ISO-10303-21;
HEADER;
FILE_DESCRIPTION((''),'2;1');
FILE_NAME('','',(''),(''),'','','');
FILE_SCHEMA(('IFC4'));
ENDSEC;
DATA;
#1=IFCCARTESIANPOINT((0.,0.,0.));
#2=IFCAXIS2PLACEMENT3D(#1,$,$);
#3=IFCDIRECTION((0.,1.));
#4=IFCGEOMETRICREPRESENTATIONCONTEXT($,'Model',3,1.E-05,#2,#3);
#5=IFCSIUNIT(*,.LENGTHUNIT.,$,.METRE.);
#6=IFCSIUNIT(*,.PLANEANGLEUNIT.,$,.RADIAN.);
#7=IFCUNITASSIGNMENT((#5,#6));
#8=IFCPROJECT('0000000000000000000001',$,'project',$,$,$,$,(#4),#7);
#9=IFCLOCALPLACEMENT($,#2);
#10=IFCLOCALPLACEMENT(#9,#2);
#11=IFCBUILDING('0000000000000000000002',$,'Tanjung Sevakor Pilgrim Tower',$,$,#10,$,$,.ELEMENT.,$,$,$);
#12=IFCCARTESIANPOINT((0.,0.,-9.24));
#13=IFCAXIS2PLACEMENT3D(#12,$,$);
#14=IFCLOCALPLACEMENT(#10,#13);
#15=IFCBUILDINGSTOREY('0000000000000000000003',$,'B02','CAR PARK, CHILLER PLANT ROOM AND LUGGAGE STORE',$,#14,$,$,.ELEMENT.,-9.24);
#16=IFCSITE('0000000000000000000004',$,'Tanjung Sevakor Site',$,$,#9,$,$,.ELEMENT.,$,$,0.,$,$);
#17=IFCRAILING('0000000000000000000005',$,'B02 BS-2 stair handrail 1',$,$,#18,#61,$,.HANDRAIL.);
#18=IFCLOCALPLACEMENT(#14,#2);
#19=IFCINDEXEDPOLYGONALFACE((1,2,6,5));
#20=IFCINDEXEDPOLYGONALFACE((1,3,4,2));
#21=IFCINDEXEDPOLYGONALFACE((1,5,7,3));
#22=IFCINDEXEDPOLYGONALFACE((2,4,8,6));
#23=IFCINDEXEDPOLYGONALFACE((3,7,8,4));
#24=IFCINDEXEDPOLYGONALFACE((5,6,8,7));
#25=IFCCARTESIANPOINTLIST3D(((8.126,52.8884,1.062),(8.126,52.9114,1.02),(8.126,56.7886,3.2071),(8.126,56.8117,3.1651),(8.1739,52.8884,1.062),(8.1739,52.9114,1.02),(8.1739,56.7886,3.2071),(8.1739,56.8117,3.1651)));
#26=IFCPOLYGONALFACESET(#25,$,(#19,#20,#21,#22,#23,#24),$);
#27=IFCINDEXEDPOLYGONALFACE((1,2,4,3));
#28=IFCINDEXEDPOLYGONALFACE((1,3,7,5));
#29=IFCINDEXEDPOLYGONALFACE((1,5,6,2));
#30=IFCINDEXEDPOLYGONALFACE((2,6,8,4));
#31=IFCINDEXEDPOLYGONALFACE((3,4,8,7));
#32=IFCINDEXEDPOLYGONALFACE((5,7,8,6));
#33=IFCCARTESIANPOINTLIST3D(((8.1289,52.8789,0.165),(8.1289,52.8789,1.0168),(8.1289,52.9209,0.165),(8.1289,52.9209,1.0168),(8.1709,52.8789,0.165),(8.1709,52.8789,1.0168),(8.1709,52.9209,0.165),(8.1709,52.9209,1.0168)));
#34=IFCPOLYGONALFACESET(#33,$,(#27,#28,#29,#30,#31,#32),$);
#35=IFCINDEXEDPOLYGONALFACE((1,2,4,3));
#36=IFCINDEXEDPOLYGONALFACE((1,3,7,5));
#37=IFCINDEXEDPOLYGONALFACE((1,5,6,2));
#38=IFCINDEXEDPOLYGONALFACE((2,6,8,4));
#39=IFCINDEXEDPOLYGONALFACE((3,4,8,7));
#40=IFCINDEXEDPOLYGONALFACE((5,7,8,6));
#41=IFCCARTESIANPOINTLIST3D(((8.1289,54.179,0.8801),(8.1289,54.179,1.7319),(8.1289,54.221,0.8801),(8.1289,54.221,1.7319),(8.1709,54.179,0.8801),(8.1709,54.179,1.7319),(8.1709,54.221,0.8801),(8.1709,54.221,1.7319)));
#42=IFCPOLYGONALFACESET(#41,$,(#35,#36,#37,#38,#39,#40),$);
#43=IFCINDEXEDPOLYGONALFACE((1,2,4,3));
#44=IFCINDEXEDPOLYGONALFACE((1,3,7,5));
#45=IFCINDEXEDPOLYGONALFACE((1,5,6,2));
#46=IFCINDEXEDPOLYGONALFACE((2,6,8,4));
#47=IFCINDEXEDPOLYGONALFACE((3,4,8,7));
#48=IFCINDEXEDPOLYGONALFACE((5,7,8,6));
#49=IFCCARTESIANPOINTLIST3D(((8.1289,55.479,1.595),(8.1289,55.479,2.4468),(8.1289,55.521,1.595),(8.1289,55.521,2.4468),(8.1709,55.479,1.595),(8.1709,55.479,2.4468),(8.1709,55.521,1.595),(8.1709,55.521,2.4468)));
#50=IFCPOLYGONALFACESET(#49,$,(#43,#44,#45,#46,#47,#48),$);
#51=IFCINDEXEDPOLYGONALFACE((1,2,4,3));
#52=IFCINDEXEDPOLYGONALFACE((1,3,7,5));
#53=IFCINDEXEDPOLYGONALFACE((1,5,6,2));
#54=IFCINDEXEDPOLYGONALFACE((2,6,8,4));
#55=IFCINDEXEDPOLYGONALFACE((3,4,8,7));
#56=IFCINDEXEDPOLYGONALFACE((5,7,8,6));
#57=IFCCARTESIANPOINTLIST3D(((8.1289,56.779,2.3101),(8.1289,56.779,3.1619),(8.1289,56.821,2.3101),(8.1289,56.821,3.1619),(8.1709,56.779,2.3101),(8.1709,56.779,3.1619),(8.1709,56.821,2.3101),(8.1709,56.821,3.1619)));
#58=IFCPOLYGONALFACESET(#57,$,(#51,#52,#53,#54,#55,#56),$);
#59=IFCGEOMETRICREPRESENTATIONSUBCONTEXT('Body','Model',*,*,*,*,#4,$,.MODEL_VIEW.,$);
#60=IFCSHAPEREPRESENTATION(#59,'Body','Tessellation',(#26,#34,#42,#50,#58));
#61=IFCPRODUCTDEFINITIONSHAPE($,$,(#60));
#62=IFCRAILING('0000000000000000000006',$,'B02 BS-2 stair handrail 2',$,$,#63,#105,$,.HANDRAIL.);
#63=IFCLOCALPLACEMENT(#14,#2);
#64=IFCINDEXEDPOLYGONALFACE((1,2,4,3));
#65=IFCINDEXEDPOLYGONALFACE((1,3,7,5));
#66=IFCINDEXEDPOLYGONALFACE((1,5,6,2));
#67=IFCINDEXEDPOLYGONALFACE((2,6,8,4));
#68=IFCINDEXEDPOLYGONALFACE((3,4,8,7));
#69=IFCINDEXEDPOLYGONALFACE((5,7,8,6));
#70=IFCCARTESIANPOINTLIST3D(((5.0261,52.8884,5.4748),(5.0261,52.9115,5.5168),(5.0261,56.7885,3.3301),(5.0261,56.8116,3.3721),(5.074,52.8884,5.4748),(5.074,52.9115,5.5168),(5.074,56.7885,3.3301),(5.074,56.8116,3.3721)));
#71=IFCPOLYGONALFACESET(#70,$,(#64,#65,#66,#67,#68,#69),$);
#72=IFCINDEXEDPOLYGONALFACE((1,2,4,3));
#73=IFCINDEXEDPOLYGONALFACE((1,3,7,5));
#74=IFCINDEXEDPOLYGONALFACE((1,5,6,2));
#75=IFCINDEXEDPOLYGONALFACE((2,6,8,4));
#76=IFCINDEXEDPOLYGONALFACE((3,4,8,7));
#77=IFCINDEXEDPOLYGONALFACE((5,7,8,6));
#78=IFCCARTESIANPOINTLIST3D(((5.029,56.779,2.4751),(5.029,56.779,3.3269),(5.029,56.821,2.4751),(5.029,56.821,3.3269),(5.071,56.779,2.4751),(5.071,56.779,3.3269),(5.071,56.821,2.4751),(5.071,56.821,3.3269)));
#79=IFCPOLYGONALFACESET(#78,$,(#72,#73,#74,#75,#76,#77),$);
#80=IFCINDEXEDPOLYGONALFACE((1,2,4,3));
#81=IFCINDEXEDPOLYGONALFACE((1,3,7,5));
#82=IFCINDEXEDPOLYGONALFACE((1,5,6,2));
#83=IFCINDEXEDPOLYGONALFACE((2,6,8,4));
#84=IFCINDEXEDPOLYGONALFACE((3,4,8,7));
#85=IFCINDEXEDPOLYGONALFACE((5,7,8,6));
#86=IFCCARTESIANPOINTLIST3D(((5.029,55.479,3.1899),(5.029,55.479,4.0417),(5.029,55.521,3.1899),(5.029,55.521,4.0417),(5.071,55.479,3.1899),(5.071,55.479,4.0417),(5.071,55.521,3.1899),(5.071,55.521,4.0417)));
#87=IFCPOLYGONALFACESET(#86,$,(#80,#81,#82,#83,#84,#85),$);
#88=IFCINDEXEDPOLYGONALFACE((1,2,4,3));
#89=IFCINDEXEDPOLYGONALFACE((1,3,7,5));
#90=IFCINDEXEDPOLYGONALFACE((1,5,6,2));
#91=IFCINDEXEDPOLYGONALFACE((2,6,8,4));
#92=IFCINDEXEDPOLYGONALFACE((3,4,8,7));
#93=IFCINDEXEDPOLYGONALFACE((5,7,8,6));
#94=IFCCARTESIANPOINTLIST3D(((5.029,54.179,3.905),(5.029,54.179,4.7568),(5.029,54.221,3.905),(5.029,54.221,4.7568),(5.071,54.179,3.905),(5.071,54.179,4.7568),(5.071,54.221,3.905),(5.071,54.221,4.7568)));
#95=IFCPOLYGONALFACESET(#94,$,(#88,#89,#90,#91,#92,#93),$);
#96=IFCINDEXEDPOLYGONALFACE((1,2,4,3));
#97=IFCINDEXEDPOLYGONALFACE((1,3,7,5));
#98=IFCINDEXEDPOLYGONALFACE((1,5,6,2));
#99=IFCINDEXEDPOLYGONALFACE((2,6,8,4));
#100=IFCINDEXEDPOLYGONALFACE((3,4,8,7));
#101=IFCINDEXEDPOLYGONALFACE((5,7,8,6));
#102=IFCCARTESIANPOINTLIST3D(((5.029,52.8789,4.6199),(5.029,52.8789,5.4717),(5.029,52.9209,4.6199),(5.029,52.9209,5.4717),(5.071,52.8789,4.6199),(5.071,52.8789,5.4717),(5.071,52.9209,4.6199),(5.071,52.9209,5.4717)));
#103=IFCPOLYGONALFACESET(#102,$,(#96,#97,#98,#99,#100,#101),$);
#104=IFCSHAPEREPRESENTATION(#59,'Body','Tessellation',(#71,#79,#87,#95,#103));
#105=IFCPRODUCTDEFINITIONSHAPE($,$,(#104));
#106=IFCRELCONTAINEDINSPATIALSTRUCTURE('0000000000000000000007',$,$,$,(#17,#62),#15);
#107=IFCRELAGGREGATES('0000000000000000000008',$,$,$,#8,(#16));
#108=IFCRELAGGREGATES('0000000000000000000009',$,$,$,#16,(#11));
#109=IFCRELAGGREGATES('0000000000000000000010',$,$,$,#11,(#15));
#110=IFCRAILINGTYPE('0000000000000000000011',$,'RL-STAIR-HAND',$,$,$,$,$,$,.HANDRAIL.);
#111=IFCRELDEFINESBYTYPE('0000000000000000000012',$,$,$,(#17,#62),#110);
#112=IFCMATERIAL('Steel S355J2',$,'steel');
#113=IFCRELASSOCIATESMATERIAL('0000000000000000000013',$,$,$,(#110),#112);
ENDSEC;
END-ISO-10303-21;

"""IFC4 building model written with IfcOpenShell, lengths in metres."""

from ifc_helpers import new_model, si_unit, direction, frame, origin, place, context, subcontext, project, spatial, rectangle, extrude, material, type_object, element, save


model = new_model("IFC4")

# Units and contexts
model_context = context("Model", 3, precision=1e-05, world=origin(), true_north=direction((0.0, 1.0)))
body_context = subcontext(model_context, "Body", "Model", "MODEL_VIEW")
ifc_project = project(units=[si_unit("LENGTHUNIT", "METRE"), si_unit("PLANEANGLEUNIT", "RADIAN")], contexts=[model_context])

# Site, building, storey
site_placement = place(None, origin())
site = spatial("IfcSite", under=ifc_project, at=site_placement, Name="Tanjung Sevakor Site", CompositionType="ELEMENT", RefElevation=0.0)
building_placement = place(site_placement, origin())
building = spatial("IfcBuilding", under=site, at=building_placement, Name="Tanjung Sevakor Pilgrim Tower", CompositionType="ELEMENT")
storey_placement = place(building_placement, frame((0.0, 0.0, -9.24)))
storey = spatial("IfcBuildingStorey", under=building, at=storey_placement, Name="B02", Description="CAR PARK, CHILLER PLANT ROOM AND LUGGAGE STORE", CompositionType="ELEMENT", Elevation=-9.24)

# Railings
ifc_material_1 = material(Name="Steel S355J2", Category="steel")
railing_type_1 = type_object("IfcRailingType", Name="RL-STAIR-HAND", PredefinedType="HANDRAIL", material=ifc_material_1)
railing_1_placement = place(storey_placement, frame((8.1499, 52.8999, 0.165)))
element("IfcRailing", 1, at=railing_1_placement, inside=storey, type_object=railing_type_1, Name="B02 BS-2 stair handrail 1", PredefinedType="HANDRAIL", context=body_context, shape_type="SweptSolid", body=[
    extrude(rectangle(XDim=0.0479, YDim=0.0479), frame((0.0, 0.0, 0.876), z_axis=(0.0, 0.876222, 0.481908), x_axis=(-1.0, 0.0, 0.0)), (0.0, 0.0, 1.0), 4.4512),
    extrude(rectangle(XDim=0.042, YDim=0.042), origin(), (0.0, 0.0, 1.0), 0.8518),
    extrude(rectangle(XDim=0.042, YDim=0.042), frame((0.0, 1.3, 0.7151)), (0.0, 0.0, 1.0), 0.8518),
    extrude(rectangle(XDim=0.042, YDim=0.042), frame((0.0, 2.6001, 1.4299)), (0.0, 0.0, 1.0), 0.8518),
    extrude(rectangle(XDim=0.042, YDim=0.042), frame((0.0, 3.9001, 2.145)), (0.0, 0.0, 1.0), 0.8518),
])
railing_2_placement = place(storey_placement, frame((5.05, 56.8, 2.4751)))
element("IfcRailing", 2, at=railing_2_placement, inside=storey, type_object=railing_type_1, Name="B02 BS-2 stair handrail 2", PredefinedType="HANDRAIL", context=body_context, shape_type="SweptSolid", body=[
    extrude(rectangle(XDim=0.0479, YDim=0.0479), frame((0.0, 0.0, 0.876), z_axis=(0.0, -0.876245, 0.481866), x_axis=(1.0, 0.0, 0.0)), (0.0, 0.0, 1.0), 4.4509),
    extrude(rectangle(XDim=0.042, YDim=0.042), origin(), (0.0, 0.0, 1.0), 0.8518),
    extrude(rectangle(XDim=0.042, YDim=0.042), frame((0.0, -1.3, 0.7148)), (0.0, 0.0, 1.0), 0.8518),
    extrude(rectangle(XDim=0.042, YDim=0.042), frame((0.0, -2.6001, 1.4299)), (0.0, 0.0, 1.0), 0.8518),
    extrude(rectangle(XDim=0.042, YDim=0.042), frame((0.0, -3.9001, 2.1448)), (0.0, 0.0, 1.0), 0.8518),
])

save(model, "model.ifc")
